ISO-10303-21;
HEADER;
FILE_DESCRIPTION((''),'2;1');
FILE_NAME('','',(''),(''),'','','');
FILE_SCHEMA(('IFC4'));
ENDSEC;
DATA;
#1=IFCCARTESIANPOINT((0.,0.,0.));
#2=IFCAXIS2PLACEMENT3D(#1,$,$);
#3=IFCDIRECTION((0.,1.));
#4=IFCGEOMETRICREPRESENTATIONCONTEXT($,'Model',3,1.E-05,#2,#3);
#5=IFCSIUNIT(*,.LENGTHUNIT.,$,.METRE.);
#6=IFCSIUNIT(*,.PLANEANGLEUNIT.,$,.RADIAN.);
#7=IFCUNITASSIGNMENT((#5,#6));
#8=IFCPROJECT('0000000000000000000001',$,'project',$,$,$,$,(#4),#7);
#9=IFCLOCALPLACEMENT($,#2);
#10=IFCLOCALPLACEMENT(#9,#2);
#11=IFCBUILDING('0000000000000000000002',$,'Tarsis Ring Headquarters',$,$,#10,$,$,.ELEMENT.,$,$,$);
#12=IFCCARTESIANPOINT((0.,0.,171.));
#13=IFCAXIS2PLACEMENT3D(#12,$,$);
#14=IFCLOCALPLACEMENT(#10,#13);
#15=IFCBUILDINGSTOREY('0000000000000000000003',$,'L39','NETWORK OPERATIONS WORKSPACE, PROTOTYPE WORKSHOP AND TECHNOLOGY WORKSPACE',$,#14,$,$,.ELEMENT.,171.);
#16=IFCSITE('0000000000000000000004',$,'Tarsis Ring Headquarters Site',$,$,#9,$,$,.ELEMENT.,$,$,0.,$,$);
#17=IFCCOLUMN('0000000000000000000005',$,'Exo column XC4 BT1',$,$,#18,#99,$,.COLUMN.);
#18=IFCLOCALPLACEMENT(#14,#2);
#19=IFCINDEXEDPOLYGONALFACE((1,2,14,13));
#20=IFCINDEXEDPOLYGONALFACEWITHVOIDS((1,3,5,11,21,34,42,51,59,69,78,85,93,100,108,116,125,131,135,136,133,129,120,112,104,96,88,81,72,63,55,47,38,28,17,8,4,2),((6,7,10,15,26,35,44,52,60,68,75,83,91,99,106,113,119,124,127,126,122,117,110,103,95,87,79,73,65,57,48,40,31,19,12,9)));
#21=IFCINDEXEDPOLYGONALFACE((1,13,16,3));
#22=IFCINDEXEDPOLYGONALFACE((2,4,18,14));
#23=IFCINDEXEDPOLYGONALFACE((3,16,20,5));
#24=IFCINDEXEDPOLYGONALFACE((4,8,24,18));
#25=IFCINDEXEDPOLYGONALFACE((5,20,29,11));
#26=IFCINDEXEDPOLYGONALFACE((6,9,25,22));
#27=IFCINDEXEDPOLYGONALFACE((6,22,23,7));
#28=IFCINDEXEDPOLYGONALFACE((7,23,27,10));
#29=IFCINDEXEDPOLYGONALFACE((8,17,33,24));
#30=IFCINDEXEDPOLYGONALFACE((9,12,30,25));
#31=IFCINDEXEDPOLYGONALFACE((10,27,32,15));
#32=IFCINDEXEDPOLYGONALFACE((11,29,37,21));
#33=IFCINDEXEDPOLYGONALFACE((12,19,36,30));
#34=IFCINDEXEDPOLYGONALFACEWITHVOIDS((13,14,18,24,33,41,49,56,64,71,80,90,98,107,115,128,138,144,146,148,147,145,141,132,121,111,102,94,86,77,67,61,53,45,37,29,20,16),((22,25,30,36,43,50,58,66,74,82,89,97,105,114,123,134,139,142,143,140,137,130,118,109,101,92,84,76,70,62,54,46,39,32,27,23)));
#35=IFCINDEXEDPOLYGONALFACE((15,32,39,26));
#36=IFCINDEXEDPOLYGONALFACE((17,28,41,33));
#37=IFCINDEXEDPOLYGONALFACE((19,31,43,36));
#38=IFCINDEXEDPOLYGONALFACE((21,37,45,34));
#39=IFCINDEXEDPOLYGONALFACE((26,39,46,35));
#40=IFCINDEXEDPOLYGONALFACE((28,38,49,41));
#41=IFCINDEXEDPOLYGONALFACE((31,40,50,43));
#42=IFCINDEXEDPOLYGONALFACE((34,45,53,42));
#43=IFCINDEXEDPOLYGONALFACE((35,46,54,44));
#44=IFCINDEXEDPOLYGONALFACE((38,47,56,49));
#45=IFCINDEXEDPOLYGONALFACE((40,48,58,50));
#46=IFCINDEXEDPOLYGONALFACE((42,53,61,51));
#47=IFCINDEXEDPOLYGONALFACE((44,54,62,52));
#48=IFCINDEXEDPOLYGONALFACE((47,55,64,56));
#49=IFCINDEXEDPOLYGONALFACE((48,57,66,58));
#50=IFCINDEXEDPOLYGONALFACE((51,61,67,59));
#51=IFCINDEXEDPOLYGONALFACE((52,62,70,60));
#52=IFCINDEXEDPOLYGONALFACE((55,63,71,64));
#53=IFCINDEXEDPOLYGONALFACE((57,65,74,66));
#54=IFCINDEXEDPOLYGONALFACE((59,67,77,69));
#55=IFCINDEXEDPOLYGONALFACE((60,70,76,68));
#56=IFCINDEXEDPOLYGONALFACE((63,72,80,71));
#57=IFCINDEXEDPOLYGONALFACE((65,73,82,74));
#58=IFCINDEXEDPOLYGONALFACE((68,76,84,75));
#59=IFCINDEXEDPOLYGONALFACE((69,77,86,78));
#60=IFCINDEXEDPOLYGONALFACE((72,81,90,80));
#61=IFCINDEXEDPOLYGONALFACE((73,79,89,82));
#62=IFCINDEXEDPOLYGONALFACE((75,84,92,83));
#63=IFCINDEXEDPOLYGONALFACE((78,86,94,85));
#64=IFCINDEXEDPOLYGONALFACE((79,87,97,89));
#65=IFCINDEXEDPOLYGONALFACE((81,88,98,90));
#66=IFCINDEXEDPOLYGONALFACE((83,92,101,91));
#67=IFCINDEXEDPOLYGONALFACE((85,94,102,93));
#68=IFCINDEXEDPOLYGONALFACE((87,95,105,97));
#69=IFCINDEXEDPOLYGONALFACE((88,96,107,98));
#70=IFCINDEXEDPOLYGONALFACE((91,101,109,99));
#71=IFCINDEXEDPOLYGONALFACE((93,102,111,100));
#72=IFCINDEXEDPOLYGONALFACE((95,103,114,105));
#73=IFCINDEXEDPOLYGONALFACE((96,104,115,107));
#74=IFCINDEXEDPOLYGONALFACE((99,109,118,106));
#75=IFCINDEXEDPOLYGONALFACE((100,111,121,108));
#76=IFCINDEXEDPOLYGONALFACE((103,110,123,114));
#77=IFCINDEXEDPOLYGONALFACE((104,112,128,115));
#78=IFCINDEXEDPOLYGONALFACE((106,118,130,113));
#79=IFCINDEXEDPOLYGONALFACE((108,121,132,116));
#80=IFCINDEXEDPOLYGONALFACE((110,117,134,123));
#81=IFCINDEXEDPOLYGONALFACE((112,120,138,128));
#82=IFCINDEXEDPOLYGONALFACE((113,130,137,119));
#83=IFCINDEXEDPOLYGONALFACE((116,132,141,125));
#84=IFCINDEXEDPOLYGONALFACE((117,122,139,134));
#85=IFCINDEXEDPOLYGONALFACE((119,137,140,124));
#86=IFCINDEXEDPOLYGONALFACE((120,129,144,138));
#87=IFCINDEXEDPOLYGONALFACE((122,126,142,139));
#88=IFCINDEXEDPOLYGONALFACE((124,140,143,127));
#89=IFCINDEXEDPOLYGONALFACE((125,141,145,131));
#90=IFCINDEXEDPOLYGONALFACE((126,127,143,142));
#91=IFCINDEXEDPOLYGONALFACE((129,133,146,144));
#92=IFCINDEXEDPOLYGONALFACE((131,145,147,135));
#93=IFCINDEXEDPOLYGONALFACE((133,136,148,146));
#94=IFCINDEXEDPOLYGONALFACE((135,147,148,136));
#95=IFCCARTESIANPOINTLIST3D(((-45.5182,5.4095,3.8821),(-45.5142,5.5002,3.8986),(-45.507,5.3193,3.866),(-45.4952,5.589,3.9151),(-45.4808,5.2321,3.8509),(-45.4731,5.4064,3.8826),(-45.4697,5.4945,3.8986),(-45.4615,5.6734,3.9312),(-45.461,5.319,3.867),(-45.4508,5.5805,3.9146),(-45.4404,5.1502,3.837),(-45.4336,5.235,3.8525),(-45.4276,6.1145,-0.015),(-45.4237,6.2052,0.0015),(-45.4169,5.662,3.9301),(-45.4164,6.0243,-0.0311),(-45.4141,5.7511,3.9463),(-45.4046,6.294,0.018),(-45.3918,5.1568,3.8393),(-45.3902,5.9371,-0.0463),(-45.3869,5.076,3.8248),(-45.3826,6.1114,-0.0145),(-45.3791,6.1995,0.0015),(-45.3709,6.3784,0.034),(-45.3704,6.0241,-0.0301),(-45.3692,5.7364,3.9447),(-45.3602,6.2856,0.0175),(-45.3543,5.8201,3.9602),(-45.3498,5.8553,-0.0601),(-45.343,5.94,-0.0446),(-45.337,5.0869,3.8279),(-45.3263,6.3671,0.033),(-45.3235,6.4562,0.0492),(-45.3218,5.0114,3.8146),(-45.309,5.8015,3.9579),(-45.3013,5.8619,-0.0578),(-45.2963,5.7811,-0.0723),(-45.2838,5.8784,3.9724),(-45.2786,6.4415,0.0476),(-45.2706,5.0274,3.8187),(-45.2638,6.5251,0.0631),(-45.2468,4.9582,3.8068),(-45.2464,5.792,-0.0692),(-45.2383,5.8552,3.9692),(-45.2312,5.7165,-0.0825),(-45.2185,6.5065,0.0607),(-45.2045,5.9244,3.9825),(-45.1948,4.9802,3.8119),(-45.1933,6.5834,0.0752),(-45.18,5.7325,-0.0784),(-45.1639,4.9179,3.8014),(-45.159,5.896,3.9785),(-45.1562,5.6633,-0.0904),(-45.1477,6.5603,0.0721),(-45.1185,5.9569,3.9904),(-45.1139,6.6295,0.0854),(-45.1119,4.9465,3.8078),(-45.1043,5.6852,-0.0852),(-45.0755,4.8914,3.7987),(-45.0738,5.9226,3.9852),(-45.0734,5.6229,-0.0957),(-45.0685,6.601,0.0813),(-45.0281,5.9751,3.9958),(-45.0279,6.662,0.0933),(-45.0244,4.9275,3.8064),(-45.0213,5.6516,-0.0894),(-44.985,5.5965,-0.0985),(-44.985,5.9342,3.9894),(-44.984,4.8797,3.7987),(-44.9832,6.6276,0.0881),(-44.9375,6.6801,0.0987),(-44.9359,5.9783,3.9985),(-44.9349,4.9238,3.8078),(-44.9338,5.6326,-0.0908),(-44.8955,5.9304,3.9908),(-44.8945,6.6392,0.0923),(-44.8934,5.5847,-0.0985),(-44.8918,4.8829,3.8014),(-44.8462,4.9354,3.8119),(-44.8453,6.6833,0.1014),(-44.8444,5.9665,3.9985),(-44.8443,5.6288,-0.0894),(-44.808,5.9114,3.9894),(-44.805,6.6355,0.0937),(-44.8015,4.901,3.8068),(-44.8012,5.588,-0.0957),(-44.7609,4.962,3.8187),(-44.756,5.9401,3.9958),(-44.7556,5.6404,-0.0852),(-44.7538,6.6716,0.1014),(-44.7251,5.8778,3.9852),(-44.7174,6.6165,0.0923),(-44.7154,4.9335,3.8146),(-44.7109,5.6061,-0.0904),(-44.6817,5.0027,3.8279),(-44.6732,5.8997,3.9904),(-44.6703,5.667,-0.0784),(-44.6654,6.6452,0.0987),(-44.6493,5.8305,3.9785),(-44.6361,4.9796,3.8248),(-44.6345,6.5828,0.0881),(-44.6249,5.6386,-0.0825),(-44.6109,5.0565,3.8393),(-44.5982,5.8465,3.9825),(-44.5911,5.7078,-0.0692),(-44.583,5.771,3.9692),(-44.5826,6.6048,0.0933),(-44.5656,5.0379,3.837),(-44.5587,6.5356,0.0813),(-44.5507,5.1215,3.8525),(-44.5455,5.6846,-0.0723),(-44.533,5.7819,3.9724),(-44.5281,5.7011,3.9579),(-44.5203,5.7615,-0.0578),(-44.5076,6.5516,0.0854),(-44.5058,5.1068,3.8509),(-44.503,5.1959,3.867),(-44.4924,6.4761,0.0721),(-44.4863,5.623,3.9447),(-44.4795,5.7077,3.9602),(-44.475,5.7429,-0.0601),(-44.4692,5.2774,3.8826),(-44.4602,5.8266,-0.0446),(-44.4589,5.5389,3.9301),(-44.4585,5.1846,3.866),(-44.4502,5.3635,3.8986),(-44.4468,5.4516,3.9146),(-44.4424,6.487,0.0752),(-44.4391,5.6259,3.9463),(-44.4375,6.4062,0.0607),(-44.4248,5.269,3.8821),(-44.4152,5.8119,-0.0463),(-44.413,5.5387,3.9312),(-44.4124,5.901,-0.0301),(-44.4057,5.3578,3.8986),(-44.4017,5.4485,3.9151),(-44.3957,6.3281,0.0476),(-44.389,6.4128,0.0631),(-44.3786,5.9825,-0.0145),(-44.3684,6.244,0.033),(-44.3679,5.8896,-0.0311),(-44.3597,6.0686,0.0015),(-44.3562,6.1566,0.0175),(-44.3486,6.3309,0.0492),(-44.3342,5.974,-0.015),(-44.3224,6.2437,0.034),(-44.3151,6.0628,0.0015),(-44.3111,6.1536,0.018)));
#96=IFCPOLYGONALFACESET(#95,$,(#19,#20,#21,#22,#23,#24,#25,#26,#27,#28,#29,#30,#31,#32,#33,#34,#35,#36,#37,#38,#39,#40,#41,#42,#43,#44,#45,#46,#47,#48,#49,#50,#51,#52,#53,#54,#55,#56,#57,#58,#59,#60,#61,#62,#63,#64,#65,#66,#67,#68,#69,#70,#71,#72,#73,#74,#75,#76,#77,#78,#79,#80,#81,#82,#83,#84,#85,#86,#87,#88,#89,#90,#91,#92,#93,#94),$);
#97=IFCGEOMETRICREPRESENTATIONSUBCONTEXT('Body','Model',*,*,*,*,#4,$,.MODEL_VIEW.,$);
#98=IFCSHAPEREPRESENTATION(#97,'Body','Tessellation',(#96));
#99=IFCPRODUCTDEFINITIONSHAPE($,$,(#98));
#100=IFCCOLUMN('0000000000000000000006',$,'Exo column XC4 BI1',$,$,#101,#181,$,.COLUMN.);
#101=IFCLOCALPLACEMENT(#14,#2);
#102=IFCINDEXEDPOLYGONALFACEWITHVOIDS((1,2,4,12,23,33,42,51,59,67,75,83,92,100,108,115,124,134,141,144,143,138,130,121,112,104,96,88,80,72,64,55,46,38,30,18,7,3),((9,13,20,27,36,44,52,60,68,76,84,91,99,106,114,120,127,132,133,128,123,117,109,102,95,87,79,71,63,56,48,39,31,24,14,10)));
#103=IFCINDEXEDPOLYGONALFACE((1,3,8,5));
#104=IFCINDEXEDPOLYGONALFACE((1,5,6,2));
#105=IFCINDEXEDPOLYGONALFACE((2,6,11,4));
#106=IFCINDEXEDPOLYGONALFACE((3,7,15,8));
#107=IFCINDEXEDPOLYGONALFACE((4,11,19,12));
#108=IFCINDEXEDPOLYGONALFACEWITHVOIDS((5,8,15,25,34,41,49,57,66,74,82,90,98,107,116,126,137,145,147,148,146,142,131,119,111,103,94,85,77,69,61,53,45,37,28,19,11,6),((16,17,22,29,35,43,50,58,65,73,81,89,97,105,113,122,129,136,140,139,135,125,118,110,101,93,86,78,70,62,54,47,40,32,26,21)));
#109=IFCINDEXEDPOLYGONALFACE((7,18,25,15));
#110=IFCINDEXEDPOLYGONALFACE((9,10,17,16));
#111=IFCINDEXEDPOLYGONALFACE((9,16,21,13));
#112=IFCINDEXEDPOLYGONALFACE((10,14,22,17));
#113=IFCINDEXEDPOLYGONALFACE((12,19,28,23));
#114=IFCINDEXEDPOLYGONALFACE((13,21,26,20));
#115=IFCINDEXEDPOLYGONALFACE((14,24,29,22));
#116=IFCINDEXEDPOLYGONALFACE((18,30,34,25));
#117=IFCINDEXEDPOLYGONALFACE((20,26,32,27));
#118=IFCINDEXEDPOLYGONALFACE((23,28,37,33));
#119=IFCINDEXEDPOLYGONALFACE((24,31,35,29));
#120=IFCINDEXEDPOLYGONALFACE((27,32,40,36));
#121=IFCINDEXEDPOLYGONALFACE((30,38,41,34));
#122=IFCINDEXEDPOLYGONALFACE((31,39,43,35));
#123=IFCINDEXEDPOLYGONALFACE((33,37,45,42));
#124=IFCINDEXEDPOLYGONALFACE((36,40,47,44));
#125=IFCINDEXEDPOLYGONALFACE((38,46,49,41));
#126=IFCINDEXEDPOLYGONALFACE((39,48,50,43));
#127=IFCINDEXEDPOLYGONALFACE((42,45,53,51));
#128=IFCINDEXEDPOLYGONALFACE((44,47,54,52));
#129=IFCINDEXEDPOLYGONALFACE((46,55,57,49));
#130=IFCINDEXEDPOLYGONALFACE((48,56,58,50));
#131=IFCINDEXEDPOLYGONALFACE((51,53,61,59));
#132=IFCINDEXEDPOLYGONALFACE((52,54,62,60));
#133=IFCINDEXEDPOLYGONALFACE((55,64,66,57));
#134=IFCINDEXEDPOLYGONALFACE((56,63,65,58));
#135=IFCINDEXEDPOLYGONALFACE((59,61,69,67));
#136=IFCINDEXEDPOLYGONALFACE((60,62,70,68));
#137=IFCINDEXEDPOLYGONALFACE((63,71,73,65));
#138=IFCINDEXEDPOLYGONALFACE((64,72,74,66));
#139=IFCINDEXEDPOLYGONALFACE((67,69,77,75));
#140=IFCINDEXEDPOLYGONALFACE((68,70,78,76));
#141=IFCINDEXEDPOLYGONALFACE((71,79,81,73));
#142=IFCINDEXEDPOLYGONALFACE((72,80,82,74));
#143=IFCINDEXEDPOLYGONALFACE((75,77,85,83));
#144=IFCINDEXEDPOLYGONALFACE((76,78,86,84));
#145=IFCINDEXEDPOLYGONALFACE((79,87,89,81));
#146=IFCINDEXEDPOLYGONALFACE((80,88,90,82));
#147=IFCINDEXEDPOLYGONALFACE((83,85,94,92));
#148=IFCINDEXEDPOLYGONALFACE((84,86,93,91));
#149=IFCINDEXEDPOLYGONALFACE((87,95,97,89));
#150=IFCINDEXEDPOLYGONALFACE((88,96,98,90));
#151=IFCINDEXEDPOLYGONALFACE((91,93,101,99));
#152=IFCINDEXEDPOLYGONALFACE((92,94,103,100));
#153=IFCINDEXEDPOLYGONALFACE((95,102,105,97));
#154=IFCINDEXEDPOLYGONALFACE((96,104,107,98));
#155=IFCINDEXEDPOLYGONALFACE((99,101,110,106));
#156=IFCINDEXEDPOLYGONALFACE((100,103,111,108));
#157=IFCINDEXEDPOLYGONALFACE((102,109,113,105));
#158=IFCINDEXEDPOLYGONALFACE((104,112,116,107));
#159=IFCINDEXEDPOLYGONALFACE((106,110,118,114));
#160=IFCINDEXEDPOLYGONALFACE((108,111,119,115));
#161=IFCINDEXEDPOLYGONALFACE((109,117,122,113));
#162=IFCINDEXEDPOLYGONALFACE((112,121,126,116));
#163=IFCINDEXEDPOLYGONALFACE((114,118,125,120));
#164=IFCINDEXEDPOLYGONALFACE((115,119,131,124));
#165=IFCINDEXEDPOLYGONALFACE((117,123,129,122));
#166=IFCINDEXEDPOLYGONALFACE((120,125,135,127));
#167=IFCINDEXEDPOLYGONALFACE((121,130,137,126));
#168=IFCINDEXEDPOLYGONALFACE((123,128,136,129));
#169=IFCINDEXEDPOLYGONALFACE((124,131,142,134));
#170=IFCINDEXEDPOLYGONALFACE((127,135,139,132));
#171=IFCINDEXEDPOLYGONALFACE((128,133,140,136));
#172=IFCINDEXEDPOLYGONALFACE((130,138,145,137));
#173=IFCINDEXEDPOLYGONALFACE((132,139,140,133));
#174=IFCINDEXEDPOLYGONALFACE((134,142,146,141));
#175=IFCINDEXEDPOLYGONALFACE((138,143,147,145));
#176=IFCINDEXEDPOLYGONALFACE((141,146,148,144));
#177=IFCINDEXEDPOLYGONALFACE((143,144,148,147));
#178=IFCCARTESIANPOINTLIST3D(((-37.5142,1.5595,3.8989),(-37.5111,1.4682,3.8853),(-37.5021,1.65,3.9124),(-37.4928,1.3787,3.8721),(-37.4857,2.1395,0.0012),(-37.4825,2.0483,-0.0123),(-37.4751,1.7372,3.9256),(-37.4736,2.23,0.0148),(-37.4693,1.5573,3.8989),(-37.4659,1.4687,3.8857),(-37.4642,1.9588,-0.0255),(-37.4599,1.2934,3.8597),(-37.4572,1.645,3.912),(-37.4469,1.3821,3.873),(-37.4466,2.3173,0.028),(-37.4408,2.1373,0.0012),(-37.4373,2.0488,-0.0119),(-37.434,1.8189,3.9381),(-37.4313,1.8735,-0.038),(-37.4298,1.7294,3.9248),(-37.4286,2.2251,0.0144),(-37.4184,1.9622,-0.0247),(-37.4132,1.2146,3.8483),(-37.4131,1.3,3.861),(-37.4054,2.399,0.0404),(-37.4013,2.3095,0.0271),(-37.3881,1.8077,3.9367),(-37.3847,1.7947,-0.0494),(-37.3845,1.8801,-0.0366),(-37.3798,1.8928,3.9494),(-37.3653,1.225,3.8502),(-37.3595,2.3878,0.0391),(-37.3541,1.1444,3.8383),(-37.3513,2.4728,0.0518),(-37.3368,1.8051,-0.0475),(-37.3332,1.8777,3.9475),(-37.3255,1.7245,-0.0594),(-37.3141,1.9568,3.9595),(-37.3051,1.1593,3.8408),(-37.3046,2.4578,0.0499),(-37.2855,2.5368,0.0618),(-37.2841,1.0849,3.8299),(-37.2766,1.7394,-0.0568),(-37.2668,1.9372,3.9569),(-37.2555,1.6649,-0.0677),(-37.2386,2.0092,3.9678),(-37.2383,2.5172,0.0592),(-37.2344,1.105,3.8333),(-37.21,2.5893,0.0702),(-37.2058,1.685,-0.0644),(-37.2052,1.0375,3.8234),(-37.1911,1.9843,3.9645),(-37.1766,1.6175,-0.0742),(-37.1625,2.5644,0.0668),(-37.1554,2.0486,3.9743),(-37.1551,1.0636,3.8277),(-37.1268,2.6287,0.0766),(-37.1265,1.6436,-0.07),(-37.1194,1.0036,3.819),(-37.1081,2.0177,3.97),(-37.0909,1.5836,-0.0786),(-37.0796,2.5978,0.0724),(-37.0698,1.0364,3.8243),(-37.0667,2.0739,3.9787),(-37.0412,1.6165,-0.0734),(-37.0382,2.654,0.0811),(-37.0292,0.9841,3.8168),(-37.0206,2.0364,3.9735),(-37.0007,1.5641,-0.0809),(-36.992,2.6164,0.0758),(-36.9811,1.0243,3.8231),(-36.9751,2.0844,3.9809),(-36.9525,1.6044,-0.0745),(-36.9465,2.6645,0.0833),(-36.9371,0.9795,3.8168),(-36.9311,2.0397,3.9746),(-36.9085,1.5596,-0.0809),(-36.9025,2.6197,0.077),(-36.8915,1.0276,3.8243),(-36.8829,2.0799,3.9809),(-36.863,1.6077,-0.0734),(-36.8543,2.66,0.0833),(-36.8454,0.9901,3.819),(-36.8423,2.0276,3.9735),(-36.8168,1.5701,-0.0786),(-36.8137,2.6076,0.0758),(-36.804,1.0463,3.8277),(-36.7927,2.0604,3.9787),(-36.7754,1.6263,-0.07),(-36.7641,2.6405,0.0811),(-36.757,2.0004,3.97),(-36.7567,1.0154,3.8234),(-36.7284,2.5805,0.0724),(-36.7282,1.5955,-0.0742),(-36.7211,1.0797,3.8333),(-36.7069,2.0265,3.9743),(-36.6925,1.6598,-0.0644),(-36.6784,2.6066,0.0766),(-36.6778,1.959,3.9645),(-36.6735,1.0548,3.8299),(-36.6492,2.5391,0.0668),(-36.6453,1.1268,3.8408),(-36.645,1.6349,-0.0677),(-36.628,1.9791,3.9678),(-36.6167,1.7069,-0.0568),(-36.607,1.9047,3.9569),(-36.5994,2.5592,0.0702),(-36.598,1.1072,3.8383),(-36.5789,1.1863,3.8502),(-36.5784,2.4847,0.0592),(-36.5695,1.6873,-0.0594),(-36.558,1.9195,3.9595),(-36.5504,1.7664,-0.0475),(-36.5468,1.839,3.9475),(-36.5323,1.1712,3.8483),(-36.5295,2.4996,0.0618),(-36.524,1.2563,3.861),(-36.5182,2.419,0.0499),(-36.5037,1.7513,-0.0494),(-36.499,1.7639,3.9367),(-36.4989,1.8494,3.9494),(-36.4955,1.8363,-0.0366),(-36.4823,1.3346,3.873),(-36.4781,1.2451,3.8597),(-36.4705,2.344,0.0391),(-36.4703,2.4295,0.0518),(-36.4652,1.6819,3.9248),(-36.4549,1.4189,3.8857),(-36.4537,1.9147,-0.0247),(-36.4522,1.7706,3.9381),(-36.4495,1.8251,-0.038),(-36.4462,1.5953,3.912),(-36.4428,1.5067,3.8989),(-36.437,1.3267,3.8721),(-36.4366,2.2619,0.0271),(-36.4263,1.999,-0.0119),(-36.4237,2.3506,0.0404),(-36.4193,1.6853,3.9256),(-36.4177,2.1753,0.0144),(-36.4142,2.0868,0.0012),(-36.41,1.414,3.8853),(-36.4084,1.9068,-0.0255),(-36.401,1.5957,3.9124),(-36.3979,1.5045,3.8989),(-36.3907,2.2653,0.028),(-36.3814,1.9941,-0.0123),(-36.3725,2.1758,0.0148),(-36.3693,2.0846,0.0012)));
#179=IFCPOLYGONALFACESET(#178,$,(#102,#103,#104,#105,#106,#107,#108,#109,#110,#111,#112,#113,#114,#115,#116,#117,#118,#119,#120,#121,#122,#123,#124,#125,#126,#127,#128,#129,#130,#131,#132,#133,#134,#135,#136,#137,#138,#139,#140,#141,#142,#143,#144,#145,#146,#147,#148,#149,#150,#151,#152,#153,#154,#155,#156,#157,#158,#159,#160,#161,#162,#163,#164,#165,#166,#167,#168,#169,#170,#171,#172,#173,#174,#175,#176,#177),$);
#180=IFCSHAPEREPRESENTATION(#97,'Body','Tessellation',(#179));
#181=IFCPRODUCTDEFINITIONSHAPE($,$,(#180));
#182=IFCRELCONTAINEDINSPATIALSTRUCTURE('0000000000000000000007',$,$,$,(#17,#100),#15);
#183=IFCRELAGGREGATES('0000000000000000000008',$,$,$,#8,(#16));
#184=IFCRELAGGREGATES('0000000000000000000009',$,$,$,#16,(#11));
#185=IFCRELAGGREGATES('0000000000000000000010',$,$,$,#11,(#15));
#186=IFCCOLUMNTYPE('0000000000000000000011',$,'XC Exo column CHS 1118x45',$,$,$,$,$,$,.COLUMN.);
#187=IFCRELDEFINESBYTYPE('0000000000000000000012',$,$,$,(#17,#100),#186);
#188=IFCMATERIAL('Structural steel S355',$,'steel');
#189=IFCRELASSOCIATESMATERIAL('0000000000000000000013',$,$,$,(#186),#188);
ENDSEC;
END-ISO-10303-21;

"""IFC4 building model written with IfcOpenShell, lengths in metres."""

from ifc_helpers import new_model, si_unit, direction, frame, origin, origin_2d, place, context, subcontext, project, spatial, hollow_circle, extrude, material, material_profile, profile_set, type_object, element, save


model = new_model("IFC4")

# Units and contexts
model_context = context("Model", 3, precision=1e-05, world=origin(), true_north=direction((0.0, 1.0)))
body_context = subcontext(model_context, "Body", "Model", "MODEL_VIEW")
ifc_project = project(units=[si_unit("LENGTHUNIT", "METRE"), si_unit("PLANEANGLEUNIT", "RADIAN")], contexts=[model_context])

# Site, building, storey
site_placement = place(None, origin())
site = spatial("IfcSite", under=ifc_project, at=site_placement, Name="Tarsis Ring Headquarters Site", CompositionType="ELEMENT", RefElevation=0.0)
building_placement = place(site_placement, origin())
building = spatial("IfcBuilding", under=site, at=building_placement, Name="Tarsis Ring Headquarters", CompositionType="ELEMENT")
storey_placement = place(building_placement, frame((0.0, 0.0, 171.0)))
storey = spatial("IfcBuildingStorey", under=building, at=storey_placement, Name="L39", Description="NETWORK OPERATIONS WORKSPACE, PROTOTYPE WORKSHOP AND TECHNOLOGY WORKSPACE", CompositionType="ELEMENT", Elevation=171.0)

# Columns
ifc_material_1 = material(Name="Structural steel S355", Category="steel")
ifc_material_profile_1 = material_profile(ifc_material_1, hollow_circle(Radius=0.5588, WallThickness=0.0449, at=origin_2d()), Name="CHS 1118x45")
ifc_profile_set_1 = profile_set([ifc_material_profile_1], Name="Structural steel S355")
column_type = type_object("IfcColumnType", Name="XC Exo column CHS 1118x45", PredefinedType="COLUMN", material=ifc_profile_set_1)
column_1_placement = place(storey_placement, frame((-44.8694, 6.134, 0.0015), z_axis=(-0.022864, -0.177982, 0.983768), x_axis=(0.991849, -0.127416, 0.0)))
element("IfcColumn", 1, at=column_1_placement, inside=storey, type_object=column_type, Name="Exo column XC4 BT1", PredefinedType="COLUMN", context=body_context, shape_type="SweptSolid", body=[
    extrude(hollow_circle(Radius=0.5588, WallThickness=0.0449, at=origin_2d()), origin(), (0.0, 0.0, 1.0), 3.9614),
])
column_2_placement = place(storey_placement, frame((-36.9275, 2.1121, 0.0012), z_axis=(-0.007249, -0.1472, 0.98908), x_axis=(0.99879, -0.049183, 0.0)))
element("IfcColumn", 2, at=column_2_placement, inside=storey, type_object=column_type, Name="Exo column XC4 BI1", PredefinedType="COLUMN", context=body_context, shape_type="SweptSolid", body=[
    extrude(hollow_circle(Radius=0.5588, WallThickness=0.0449, at=origin_2d()), origin(), (0.0, 0.0, 1.0), 3.9407),
])

save(model, "model.ifc")
